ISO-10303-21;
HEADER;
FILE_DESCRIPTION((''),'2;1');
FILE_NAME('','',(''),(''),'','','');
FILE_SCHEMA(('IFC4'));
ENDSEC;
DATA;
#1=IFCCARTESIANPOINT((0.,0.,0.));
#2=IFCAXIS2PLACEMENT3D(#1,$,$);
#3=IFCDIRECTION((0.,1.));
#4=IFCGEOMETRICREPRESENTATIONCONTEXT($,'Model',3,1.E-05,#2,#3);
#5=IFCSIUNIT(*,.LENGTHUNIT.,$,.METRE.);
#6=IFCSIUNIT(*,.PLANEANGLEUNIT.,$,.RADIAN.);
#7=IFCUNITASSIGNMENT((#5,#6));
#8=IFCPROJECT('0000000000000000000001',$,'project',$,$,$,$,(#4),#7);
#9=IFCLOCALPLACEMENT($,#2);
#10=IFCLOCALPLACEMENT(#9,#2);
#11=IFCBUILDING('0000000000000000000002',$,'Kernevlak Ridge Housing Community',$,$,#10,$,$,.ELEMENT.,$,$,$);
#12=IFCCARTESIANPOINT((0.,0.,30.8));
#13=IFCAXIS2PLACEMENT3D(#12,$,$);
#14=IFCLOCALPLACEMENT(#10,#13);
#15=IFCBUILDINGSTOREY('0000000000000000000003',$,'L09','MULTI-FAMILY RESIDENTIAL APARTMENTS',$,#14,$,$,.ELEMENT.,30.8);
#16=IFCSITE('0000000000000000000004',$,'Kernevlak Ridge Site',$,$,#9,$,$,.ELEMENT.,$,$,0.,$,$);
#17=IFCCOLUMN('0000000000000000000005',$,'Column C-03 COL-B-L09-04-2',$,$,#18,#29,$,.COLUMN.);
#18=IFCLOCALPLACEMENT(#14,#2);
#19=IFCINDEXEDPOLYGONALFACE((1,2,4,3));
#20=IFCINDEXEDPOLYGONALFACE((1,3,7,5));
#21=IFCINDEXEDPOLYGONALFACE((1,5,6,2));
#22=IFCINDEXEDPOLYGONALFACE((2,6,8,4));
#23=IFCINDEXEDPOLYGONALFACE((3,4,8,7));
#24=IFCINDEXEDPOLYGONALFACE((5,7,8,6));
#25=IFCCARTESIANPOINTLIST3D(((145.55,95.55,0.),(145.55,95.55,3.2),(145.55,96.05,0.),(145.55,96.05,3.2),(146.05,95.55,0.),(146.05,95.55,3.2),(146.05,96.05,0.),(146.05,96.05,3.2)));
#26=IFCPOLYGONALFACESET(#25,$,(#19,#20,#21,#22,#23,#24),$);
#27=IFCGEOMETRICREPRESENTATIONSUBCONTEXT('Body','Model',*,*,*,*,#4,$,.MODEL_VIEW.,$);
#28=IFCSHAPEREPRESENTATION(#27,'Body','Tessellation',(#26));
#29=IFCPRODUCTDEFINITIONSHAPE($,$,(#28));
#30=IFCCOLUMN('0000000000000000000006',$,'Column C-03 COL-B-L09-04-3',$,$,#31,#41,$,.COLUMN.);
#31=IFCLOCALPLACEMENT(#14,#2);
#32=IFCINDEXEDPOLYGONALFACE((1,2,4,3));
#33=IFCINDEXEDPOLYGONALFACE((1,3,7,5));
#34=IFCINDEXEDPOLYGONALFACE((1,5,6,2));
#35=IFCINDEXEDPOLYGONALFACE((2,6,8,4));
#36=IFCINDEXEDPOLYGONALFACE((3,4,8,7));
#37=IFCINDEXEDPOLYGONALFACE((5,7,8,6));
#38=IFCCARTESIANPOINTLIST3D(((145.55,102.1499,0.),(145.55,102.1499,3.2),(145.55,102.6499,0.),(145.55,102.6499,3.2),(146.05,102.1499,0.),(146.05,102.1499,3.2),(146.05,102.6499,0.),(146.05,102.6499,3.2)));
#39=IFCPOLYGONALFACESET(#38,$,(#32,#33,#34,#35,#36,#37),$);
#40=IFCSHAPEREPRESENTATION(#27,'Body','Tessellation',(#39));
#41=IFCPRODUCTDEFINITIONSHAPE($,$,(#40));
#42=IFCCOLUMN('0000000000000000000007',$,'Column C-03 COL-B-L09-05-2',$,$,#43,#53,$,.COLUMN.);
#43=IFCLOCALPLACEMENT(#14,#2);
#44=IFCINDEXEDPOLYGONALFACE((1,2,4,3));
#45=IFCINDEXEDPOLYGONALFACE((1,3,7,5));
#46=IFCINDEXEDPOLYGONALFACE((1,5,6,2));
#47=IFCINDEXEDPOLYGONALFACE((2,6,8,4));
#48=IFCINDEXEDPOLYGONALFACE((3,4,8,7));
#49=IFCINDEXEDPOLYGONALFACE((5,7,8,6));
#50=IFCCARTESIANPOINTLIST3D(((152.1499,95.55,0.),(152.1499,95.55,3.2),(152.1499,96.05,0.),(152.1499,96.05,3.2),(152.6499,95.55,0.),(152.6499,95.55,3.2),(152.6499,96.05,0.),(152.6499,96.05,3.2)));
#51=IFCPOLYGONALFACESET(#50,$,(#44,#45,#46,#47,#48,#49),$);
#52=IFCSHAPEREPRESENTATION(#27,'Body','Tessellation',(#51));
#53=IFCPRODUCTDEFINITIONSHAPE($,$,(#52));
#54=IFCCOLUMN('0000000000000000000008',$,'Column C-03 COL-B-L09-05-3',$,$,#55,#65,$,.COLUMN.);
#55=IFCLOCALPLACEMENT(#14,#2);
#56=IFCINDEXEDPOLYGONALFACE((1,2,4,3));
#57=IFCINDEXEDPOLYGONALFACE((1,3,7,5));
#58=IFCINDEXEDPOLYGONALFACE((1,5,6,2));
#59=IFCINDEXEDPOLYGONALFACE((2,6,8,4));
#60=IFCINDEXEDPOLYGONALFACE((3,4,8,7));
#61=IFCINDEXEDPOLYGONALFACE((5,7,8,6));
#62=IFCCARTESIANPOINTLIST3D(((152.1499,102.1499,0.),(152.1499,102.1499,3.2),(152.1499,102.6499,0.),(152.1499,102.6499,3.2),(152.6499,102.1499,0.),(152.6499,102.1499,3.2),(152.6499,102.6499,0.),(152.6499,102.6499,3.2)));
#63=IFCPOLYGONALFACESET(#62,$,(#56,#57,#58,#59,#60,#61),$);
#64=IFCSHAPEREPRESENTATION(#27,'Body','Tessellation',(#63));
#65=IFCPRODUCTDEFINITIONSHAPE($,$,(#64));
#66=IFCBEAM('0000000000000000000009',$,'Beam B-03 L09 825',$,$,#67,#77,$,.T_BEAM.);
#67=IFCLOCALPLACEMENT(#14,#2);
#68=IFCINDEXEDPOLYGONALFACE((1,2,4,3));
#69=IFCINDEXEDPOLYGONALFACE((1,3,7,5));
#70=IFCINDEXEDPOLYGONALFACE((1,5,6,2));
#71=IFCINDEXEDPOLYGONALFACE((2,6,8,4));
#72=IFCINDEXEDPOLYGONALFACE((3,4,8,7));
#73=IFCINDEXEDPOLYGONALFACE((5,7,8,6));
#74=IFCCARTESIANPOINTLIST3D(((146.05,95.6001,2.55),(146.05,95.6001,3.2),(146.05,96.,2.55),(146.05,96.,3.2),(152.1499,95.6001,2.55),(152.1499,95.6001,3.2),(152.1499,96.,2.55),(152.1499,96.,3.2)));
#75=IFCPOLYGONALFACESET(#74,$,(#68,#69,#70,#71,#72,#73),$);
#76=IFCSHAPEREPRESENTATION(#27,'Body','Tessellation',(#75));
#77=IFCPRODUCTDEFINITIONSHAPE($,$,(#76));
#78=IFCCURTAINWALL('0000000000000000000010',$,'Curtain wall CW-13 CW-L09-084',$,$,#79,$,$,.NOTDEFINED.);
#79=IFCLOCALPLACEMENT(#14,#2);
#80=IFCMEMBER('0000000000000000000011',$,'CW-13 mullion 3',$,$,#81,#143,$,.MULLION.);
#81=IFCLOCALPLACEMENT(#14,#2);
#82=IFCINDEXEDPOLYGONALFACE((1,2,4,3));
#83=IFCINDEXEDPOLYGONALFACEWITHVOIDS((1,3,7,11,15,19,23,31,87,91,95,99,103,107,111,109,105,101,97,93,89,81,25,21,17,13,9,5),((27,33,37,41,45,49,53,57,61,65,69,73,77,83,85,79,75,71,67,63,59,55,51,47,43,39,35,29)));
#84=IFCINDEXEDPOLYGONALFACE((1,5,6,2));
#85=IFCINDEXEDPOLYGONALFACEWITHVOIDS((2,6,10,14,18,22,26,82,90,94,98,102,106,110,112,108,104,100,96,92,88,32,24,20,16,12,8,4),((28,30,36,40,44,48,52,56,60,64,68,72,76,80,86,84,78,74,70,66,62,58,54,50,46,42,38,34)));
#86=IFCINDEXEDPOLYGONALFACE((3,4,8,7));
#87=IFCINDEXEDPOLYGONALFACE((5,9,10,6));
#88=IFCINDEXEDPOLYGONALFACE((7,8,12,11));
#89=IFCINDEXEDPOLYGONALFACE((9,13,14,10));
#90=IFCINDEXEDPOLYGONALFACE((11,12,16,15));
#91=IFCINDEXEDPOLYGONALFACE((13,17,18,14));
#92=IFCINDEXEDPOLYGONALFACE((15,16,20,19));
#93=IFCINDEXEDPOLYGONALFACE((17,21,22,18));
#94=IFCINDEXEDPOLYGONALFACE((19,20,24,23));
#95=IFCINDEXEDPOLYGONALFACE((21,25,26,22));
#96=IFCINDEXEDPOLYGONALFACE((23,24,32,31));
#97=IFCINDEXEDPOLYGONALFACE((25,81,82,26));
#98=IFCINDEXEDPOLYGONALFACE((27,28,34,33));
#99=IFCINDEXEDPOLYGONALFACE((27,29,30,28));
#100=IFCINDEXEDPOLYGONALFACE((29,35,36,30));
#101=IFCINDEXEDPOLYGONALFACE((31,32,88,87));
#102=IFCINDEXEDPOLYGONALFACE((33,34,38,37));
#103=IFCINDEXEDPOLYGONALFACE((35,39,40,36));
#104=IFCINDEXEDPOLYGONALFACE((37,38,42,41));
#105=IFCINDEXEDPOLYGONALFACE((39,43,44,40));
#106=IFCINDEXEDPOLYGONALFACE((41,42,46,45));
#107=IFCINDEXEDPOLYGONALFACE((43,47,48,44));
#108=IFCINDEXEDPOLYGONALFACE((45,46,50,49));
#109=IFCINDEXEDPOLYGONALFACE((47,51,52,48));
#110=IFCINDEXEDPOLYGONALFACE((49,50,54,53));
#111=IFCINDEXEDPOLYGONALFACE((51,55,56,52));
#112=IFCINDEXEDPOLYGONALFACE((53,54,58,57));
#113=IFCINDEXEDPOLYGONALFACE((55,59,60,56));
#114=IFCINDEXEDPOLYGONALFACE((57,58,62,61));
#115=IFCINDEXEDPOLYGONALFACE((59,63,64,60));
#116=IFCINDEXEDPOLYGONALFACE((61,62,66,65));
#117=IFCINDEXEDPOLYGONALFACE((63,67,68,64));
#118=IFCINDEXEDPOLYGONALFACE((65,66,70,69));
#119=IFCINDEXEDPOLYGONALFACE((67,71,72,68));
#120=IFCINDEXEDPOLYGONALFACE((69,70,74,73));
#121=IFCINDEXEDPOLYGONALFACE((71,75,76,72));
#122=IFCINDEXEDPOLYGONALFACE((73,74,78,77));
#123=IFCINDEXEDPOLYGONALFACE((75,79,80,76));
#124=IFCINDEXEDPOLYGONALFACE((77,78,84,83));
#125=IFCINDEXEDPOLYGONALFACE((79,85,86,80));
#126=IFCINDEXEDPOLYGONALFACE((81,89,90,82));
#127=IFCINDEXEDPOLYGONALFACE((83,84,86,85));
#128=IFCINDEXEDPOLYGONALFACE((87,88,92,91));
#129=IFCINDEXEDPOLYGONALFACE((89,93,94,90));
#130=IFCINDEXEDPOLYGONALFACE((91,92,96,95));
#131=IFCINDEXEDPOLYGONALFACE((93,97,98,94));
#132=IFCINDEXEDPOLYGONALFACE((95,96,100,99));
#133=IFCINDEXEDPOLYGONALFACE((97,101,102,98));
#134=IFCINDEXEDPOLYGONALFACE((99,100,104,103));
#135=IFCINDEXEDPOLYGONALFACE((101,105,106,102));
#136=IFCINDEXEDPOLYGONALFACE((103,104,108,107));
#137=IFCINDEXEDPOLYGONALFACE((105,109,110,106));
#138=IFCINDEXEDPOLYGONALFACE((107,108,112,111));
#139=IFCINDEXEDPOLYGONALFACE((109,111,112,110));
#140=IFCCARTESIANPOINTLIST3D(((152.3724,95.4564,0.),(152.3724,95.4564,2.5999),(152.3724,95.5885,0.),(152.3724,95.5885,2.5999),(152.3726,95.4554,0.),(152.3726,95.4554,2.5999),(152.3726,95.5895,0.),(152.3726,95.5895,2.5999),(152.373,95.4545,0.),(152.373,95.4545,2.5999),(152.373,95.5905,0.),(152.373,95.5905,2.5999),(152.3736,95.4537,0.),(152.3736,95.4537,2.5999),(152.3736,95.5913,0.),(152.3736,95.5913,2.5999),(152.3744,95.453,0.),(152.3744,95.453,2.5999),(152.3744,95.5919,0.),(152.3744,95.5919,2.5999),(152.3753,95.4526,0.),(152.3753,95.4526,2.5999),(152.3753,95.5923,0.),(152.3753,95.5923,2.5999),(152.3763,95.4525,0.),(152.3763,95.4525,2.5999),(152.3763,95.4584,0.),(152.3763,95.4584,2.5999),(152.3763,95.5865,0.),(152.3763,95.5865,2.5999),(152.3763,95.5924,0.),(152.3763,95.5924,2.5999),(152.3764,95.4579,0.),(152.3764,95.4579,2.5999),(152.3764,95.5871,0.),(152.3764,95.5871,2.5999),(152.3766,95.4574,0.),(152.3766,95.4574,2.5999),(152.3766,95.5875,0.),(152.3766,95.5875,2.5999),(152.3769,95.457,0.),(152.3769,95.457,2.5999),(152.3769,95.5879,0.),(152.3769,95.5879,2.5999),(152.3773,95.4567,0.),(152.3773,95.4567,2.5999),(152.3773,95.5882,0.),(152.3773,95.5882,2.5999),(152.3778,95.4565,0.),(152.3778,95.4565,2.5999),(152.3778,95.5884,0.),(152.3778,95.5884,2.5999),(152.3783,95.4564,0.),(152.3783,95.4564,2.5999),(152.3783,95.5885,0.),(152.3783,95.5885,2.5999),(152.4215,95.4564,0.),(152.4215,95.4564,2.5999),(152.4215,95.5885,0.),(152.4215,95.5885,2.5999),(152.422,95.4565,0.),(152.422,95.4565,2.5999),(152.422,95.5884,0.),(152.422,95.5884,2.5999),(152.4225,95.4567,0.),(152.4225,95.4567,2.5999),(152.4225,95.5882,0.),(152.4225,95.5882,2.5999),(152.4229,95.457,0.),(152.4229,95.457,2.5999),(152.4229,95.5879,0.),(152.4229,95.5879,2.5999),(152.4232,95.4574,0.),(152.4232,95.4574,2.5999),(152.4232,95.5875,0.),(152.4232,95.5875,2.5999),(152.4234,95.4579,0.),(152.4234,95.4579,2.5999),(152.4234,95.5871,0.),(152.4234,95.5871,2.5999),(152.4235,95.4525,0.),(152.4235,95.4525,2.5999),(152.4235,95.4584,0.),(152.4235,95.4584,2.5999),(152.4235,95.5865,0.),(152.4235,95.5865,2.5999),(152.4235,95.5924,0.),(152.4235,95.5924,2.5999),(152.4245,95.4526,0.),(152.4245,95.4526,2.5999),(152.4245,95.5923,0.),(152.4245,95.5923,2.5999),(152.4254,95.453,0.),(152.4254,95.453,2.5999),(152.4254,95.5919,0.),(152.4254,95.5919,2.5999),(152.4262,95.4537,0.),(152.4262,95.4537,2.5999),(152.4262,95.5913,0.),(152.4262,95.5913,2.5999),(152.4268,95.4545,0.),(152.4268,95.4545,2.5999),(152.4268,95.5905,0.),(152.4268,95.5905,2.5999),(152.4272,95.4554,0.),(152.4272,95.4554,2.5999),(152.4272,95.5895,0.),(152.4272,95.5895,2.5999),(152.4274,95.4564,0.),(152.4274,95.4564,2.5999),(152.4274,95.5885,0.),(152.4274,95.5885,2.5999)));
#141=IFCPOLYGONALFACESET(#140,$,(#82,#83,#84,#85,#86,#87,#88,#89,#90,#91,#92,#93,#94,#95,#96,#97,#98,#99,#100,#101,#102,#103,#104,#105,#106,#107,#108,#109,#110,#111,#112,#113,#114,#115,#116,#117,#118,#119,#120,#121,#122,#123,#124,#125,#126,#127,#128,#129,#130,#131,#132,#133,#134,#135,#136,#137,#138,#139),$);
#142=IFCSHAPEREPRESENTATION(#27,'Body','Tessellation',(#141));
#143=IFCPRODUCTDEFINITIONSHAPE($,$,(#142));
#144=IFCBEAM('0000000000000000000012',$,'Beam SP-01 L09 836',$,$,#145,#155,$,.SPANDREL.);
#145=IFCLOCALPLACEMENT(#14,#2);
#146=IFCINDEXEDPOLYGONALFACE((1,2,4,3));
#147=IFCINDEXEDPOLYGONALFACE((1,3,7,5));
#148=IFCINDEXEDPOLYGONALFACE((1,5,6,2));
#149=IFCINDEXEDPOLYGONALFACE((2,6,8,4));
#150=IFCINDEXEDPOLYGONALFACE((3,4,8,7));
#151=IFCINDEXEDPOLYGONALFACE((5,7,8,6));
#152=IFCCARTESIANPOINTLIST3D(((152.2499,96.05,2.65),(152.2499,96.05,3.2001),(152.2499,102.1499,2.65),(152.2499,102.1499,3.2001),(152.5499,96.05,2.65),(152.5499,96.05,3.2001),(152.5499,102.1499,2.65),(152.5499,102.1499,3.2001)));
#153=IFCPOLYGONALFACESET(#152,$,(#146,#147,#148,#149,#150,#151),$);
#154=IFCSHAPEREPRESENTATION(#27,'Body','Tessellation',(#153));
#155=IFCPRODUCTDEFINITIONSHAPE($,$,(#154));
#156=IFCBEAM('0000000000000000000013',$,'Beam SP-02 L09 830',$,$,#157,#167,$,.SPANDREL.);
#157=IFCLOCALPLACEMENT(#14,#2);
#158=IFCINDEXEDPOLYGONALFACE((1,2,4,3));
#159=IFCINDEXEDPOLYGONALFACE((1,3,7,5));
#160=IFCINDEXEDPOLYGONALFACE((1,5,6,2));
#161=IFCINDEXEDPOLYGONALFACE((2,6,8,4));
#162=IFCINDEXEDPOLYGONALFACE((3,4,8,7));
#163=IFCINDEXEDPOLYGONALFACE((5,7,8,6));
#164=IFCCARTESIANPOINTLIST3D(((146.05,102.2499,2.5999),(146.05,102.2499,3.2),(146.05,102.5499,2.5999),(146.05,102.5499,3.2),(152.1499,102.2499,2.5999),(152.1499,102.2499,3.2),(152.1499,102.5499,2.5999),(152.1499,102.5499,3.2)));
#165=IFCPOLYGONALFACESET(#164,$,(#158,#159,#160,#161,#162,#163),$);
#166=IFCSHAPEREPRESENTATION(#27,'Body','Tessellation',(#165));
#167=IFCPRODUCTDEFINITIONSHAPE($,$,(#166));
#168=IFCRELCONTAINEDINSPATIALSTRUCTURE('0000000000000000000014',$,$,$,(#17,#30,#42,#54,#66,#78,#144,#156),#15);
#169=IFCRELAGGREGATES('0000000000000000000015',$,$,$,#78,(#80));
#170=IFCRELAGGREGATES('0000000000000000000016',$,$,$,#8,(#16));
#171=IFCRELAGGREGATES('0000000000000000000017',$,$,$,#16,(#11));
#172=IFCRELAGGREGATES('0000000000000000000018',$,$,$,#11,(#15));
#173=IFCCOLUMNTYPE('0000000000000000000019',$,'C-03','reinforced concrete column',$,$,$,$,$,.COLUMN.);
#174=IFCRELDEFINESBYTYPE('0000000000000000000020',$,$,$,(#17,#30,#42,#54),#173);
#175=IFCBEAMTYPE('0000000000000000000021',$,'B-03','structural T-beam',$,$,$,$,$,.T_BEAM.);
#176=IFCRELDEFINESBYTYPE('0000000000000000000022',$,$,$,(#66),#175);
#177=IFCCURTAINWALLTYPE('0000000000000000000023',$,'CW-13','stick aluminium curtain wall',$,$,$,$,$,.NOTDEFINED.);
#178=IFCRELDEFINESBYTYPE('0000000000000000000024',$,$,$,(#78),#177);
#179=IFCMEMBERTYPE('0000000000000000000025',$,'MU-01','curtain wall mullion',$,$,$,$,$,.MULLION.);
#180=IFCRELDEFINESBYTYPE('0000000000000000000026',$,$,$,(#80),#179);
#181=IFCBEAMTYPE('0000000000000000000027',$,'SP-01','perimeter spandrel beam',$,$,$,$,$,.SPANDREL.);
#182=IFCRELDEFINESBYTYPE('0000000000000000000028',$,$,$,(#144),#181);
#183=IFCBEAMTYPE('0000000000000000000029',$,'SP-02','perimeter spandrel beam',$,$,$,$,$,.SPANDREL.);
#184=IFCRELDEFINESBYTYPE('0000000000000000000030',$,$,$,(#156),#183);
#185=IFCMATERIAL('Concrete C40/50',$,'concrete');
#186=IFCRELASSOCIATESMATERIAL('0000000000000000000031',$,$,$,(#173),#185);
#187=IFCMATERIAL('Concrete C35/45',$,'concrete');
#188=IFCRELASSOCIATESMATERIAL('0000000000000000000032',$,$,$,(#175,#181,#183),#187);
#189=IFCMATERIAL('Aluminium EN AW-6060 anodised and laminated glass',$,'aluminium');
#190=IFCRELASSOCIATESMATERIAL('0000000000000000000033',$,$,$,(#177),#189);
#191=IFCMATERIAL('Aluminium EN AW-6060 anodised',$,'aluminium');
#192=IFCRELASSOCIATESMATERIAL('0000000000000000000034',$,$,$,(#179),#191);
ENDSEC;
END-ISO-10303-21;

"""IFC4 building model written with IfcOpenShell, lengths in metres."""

from ifc_helpers import new_model, si_unit, direction, frame, origin, origin_2d, place, context, subcontext, project, spatial, rectangle, hollow_rectangle, extrude, material, material_profile, profile_set, type_object, element, aggregate, save


model = new_model("IFC4")

# Units and contexts
model_context = context("Model", 3, precision=1e-05, world=origin(), true_north=direction((0.0, 1.0)))
body_context = subcontext(model_context, "Body", "Model", "MODEL_VIEW")
ifc_project = project(units=[si_unit("LENGTHUNIT", "METRE"), si_unit("PLANEANGLEUNIT", "RADIAN")], contexts=[model_context])

# Site, building, storey
site_placement = place(None, origin())
site = spatial("IfcSite", under=ifc_project, at=site_placement, Name="Kernevlak Ridge Site", CompositionType="ELEMENT", RefElevation=0.0)
building_placement = place(site_placement, origin())
building = spatial("IfcBuilding", under=site, at=building_placement, Name="Kernevlak Ridge Housing Community", CompositionType="ELEMENT")
storey_placement = place(building_placement, frame((0.0, 0.0, 30.8)))
storey = spatial("IfcBuildingStorey", under=building, at=storey_placement, Name="L09", Description="MULTI-FAMILY RESIDENTIAL APARTMENTS", CompositionType="ELEMENT", Elevation=30.8)

# Columns
ifc_material_1 = material(Name="Concrete C40/50", Category="concrete")
ifc_material_profile_1 = material_profile(ifc_material_1, rectangle(XDim=0.5, YDim=0.5, at=origin_2d()), Name="RC 500x500")
ifc_profile_set_1 = profile_set([ifc_material_profile_1], Name="Concrete C40/50")
column_type = type_object("IfcColumnType", Name="C-03", Description="reinforced concrete column", PredefinedType="COLUMN", material=ifc_profile_set_1)
for number, where, z_axis, x_axis, name in (
    (1, (145.8, 95.8, 0.0), (0.0, 0.0, 1.0), (1.0, 0.0, 0.0), "Column C-03 COL-B-L09-04-2"),
    (2, (145.8, 102.3999, 0.0), (0.0, 0.0, 1.0), (1.0, 0.0, 0.0), "Column C-03 COL-B-L09-04-3"),
    (3, (152.3999, 95.8, 0.0), (0.0, 0.0, 1.0), (1.0, 0.0, 0.0), "Column C-03 COL-B-L09-05-2"),
    (4, (152.3999, 102.3999, 0.0), (0.0, 0.0, 1.0), (1.0, 0.0, 0.0), "Column C-03 COL-B-L09-05-3"),
):
    element("IfcColumn", number, at=place(storey_placement, frame(where, z_axis=z_axis, x_axis=x_axis)), inside=storey, type_object=column_type, Name=name, PredefinedType="COLUMN", context=body_context, shape_type="SweptSolid", body=[
        extrude(rectangle(XDim=0.5, YDim=0.5, at=origin_2d()), origin(), (0.0, 0.0, 1.0), 3.2),
    ])

# Beam
ifc_material_2 = material(Name="Concrete C35/45", Category="concrete")
ifc_material_profile_2 = material_profile(ifc_material_2, rectangle(XDim=0.3999, YDim=0.6499, at=origin_2d()), Name="RC 400x650")
ifc_profile_set_2 = profile_set([ifc_material_profile_2], Name="Concrete C35/45")
beam_type_1 = type_object("IfcBeamType", Name="B-03", Description="structural T-beam", PredefinedType="T_BEAM", material=ifc_profile_set_2)
beam_1_placement = place(storey_placement, frame((146.05, 95.8, 2.875), z_axis=(1.0, 0.0, 0.0), x_axis=(0.0, 1.0, 0.0)))
element("IfcBeam", 5, at=beam_1_placement, inside=storey, type_object=beam_type_1, Name="Beam B-03 L09 825", PredefinedType="T_BEAM", context=body_context, shape_type="SweptSolid", body=[
    extrude(rectangle(XDim=0.3999, YDim=0.6499, at=origin_2d()), origin(), (0.0, 0.0, 1.0), 6.0999),
])

# Curtain wall, member
ifc_material_3 = material(Name="Aluminium EN AW-6060 anodised and laminated glass", Category="aluminium")
curtain_wall_type = type_object("IfcCurtainWallType", Name="CW-13", Description="stick aluminium curtain wall", PredefinedType="NOTDEFINED", material=ifc_material_3)
curtain_wall_placement = place(storey_placement, origin())
curtain_wall = element("IfcCurtainWall", 6, at=curtain_wall_placement, inside=storey, type_object=curtain_wall_type, Name="Curtain wall CW-13 CW-L09-084", PredefinedType="NOTDEFINED")
ifc_material_4 = material(Name="Aluminium EN AW-6060 anodised", Category="aluminium")
ifc_material_profile_3 = material_profile(ifc_material_4, hollow_rectangle(XDim=0.0549, YDim=0.1399, WallThickness=0.0039, InnerFilletRadius=0.002, OuterFilletRadius=0.0039, at=origin_2d()), Name="ALU 55x140x4")
ifc_profile_set_3 = profile_set([ifc_material_profile_3], Name="Aluminium EN AW-6060 anodised")
member_type_1 = type_object("IfcMemberType", Name="MU-01", Description="curtain wall mullion", PredefinedType="MULLION", material=ifc_profile_set_3)
member_1_placement = place(storey_placement, frame((152.3999, 95.5225, 0.0), z_axis=(0.0, 0.0, 1.0), x_axis=(-1.0, 0.0, 0.0)))
member_1 = element("IfcMember", 7, at=member_1_placement, type_object=member_type_1, Name="CW-13 mullion 3", PredefinedType="MULLION", context=body_context, shape_type="SweptSolid", body=[
    extrude(hollow_rectangle(XDim=0.0549, YDim=0.1399, WallThickness=0.0039, InnerFilletRadius=0.002, OuterFilletRadius=0.0039, at=origin_2d()), origin(), (0.0, 0.0, 1.0), 2.5999),
])

# Beams
ifc_material_profile_4 = material_profile(ifc_material_2, rectangle(XDim=0.3, YDim=0.55, at=origin_2d()), Name="RC 300x550")
ifc_profile_set_4 = profile_set([ifc_material_profile_4], Name="Concrete C35/45")
beam_type_2 = type_object("IfcBeamType", Name="SP-01", Description="perimeter spandrel beam", PredefinedType="SPANDREL", material=ifc_profile_set_4)
beam_2_placement = place(storey_placement, frame((152.3999, 96.05, 2.925), z_axis=(0.0, 1.0, 0.0), x_axis=(-1.0, 0.0, 0.0)))
element("IfcBeam", 8, at=beam_2_placement, inside=storey, type_object=beam_type_2, Name="Beam SP-01 L09 836", PredefinedType="SPANDREL", context=body_context, shape_type="SweptSolid", body=[
    extrude(rectangle(XDim=0.3, YDim=0.55, at=origin_2d()), origin(), (0.0, 0.0, 1.0), 6.0999),
])
ifc_material_profile_5 = material_profile(ifc_material_2, rectangle(XDim=0.3, YDim=0.6001, at=origin_2d()), Name="RC 300x600")
ifc_profile_set_5 = profile_set([ifc_material_profile_5], Name="Concrete C35/45")
beam_type_3 = type_object("IfcBeamType", Name="SP-02", Description="perimeter spandrel beam", PredefinedType="SPANDREL", material=ifc_profile_set_5)
beam_3_placement = place(storey_placement, frame((146.05, 102.3999, 2.8999), z_axis=(1.0, 0.0, 0.0), x_axis=(0.0, 1.0, 0.0)))
element("IfcBeam", 9, at=beam_3_placement, inside=storey, type_object=beam_type_3, Name="Beam SP-02 L09 830", PredefinedType="SPANDREL", context=body_context, shape_type="SweptSolid", body=[
    extrude(rectangle(XDim=0.3, YDim=0.6001, at=origin_2d()), origin(), (0.0, 0.0, 1.0), 6.0999),
])

aggregate(curtain_wall, [member_1])

save(model, "model.ifc")
